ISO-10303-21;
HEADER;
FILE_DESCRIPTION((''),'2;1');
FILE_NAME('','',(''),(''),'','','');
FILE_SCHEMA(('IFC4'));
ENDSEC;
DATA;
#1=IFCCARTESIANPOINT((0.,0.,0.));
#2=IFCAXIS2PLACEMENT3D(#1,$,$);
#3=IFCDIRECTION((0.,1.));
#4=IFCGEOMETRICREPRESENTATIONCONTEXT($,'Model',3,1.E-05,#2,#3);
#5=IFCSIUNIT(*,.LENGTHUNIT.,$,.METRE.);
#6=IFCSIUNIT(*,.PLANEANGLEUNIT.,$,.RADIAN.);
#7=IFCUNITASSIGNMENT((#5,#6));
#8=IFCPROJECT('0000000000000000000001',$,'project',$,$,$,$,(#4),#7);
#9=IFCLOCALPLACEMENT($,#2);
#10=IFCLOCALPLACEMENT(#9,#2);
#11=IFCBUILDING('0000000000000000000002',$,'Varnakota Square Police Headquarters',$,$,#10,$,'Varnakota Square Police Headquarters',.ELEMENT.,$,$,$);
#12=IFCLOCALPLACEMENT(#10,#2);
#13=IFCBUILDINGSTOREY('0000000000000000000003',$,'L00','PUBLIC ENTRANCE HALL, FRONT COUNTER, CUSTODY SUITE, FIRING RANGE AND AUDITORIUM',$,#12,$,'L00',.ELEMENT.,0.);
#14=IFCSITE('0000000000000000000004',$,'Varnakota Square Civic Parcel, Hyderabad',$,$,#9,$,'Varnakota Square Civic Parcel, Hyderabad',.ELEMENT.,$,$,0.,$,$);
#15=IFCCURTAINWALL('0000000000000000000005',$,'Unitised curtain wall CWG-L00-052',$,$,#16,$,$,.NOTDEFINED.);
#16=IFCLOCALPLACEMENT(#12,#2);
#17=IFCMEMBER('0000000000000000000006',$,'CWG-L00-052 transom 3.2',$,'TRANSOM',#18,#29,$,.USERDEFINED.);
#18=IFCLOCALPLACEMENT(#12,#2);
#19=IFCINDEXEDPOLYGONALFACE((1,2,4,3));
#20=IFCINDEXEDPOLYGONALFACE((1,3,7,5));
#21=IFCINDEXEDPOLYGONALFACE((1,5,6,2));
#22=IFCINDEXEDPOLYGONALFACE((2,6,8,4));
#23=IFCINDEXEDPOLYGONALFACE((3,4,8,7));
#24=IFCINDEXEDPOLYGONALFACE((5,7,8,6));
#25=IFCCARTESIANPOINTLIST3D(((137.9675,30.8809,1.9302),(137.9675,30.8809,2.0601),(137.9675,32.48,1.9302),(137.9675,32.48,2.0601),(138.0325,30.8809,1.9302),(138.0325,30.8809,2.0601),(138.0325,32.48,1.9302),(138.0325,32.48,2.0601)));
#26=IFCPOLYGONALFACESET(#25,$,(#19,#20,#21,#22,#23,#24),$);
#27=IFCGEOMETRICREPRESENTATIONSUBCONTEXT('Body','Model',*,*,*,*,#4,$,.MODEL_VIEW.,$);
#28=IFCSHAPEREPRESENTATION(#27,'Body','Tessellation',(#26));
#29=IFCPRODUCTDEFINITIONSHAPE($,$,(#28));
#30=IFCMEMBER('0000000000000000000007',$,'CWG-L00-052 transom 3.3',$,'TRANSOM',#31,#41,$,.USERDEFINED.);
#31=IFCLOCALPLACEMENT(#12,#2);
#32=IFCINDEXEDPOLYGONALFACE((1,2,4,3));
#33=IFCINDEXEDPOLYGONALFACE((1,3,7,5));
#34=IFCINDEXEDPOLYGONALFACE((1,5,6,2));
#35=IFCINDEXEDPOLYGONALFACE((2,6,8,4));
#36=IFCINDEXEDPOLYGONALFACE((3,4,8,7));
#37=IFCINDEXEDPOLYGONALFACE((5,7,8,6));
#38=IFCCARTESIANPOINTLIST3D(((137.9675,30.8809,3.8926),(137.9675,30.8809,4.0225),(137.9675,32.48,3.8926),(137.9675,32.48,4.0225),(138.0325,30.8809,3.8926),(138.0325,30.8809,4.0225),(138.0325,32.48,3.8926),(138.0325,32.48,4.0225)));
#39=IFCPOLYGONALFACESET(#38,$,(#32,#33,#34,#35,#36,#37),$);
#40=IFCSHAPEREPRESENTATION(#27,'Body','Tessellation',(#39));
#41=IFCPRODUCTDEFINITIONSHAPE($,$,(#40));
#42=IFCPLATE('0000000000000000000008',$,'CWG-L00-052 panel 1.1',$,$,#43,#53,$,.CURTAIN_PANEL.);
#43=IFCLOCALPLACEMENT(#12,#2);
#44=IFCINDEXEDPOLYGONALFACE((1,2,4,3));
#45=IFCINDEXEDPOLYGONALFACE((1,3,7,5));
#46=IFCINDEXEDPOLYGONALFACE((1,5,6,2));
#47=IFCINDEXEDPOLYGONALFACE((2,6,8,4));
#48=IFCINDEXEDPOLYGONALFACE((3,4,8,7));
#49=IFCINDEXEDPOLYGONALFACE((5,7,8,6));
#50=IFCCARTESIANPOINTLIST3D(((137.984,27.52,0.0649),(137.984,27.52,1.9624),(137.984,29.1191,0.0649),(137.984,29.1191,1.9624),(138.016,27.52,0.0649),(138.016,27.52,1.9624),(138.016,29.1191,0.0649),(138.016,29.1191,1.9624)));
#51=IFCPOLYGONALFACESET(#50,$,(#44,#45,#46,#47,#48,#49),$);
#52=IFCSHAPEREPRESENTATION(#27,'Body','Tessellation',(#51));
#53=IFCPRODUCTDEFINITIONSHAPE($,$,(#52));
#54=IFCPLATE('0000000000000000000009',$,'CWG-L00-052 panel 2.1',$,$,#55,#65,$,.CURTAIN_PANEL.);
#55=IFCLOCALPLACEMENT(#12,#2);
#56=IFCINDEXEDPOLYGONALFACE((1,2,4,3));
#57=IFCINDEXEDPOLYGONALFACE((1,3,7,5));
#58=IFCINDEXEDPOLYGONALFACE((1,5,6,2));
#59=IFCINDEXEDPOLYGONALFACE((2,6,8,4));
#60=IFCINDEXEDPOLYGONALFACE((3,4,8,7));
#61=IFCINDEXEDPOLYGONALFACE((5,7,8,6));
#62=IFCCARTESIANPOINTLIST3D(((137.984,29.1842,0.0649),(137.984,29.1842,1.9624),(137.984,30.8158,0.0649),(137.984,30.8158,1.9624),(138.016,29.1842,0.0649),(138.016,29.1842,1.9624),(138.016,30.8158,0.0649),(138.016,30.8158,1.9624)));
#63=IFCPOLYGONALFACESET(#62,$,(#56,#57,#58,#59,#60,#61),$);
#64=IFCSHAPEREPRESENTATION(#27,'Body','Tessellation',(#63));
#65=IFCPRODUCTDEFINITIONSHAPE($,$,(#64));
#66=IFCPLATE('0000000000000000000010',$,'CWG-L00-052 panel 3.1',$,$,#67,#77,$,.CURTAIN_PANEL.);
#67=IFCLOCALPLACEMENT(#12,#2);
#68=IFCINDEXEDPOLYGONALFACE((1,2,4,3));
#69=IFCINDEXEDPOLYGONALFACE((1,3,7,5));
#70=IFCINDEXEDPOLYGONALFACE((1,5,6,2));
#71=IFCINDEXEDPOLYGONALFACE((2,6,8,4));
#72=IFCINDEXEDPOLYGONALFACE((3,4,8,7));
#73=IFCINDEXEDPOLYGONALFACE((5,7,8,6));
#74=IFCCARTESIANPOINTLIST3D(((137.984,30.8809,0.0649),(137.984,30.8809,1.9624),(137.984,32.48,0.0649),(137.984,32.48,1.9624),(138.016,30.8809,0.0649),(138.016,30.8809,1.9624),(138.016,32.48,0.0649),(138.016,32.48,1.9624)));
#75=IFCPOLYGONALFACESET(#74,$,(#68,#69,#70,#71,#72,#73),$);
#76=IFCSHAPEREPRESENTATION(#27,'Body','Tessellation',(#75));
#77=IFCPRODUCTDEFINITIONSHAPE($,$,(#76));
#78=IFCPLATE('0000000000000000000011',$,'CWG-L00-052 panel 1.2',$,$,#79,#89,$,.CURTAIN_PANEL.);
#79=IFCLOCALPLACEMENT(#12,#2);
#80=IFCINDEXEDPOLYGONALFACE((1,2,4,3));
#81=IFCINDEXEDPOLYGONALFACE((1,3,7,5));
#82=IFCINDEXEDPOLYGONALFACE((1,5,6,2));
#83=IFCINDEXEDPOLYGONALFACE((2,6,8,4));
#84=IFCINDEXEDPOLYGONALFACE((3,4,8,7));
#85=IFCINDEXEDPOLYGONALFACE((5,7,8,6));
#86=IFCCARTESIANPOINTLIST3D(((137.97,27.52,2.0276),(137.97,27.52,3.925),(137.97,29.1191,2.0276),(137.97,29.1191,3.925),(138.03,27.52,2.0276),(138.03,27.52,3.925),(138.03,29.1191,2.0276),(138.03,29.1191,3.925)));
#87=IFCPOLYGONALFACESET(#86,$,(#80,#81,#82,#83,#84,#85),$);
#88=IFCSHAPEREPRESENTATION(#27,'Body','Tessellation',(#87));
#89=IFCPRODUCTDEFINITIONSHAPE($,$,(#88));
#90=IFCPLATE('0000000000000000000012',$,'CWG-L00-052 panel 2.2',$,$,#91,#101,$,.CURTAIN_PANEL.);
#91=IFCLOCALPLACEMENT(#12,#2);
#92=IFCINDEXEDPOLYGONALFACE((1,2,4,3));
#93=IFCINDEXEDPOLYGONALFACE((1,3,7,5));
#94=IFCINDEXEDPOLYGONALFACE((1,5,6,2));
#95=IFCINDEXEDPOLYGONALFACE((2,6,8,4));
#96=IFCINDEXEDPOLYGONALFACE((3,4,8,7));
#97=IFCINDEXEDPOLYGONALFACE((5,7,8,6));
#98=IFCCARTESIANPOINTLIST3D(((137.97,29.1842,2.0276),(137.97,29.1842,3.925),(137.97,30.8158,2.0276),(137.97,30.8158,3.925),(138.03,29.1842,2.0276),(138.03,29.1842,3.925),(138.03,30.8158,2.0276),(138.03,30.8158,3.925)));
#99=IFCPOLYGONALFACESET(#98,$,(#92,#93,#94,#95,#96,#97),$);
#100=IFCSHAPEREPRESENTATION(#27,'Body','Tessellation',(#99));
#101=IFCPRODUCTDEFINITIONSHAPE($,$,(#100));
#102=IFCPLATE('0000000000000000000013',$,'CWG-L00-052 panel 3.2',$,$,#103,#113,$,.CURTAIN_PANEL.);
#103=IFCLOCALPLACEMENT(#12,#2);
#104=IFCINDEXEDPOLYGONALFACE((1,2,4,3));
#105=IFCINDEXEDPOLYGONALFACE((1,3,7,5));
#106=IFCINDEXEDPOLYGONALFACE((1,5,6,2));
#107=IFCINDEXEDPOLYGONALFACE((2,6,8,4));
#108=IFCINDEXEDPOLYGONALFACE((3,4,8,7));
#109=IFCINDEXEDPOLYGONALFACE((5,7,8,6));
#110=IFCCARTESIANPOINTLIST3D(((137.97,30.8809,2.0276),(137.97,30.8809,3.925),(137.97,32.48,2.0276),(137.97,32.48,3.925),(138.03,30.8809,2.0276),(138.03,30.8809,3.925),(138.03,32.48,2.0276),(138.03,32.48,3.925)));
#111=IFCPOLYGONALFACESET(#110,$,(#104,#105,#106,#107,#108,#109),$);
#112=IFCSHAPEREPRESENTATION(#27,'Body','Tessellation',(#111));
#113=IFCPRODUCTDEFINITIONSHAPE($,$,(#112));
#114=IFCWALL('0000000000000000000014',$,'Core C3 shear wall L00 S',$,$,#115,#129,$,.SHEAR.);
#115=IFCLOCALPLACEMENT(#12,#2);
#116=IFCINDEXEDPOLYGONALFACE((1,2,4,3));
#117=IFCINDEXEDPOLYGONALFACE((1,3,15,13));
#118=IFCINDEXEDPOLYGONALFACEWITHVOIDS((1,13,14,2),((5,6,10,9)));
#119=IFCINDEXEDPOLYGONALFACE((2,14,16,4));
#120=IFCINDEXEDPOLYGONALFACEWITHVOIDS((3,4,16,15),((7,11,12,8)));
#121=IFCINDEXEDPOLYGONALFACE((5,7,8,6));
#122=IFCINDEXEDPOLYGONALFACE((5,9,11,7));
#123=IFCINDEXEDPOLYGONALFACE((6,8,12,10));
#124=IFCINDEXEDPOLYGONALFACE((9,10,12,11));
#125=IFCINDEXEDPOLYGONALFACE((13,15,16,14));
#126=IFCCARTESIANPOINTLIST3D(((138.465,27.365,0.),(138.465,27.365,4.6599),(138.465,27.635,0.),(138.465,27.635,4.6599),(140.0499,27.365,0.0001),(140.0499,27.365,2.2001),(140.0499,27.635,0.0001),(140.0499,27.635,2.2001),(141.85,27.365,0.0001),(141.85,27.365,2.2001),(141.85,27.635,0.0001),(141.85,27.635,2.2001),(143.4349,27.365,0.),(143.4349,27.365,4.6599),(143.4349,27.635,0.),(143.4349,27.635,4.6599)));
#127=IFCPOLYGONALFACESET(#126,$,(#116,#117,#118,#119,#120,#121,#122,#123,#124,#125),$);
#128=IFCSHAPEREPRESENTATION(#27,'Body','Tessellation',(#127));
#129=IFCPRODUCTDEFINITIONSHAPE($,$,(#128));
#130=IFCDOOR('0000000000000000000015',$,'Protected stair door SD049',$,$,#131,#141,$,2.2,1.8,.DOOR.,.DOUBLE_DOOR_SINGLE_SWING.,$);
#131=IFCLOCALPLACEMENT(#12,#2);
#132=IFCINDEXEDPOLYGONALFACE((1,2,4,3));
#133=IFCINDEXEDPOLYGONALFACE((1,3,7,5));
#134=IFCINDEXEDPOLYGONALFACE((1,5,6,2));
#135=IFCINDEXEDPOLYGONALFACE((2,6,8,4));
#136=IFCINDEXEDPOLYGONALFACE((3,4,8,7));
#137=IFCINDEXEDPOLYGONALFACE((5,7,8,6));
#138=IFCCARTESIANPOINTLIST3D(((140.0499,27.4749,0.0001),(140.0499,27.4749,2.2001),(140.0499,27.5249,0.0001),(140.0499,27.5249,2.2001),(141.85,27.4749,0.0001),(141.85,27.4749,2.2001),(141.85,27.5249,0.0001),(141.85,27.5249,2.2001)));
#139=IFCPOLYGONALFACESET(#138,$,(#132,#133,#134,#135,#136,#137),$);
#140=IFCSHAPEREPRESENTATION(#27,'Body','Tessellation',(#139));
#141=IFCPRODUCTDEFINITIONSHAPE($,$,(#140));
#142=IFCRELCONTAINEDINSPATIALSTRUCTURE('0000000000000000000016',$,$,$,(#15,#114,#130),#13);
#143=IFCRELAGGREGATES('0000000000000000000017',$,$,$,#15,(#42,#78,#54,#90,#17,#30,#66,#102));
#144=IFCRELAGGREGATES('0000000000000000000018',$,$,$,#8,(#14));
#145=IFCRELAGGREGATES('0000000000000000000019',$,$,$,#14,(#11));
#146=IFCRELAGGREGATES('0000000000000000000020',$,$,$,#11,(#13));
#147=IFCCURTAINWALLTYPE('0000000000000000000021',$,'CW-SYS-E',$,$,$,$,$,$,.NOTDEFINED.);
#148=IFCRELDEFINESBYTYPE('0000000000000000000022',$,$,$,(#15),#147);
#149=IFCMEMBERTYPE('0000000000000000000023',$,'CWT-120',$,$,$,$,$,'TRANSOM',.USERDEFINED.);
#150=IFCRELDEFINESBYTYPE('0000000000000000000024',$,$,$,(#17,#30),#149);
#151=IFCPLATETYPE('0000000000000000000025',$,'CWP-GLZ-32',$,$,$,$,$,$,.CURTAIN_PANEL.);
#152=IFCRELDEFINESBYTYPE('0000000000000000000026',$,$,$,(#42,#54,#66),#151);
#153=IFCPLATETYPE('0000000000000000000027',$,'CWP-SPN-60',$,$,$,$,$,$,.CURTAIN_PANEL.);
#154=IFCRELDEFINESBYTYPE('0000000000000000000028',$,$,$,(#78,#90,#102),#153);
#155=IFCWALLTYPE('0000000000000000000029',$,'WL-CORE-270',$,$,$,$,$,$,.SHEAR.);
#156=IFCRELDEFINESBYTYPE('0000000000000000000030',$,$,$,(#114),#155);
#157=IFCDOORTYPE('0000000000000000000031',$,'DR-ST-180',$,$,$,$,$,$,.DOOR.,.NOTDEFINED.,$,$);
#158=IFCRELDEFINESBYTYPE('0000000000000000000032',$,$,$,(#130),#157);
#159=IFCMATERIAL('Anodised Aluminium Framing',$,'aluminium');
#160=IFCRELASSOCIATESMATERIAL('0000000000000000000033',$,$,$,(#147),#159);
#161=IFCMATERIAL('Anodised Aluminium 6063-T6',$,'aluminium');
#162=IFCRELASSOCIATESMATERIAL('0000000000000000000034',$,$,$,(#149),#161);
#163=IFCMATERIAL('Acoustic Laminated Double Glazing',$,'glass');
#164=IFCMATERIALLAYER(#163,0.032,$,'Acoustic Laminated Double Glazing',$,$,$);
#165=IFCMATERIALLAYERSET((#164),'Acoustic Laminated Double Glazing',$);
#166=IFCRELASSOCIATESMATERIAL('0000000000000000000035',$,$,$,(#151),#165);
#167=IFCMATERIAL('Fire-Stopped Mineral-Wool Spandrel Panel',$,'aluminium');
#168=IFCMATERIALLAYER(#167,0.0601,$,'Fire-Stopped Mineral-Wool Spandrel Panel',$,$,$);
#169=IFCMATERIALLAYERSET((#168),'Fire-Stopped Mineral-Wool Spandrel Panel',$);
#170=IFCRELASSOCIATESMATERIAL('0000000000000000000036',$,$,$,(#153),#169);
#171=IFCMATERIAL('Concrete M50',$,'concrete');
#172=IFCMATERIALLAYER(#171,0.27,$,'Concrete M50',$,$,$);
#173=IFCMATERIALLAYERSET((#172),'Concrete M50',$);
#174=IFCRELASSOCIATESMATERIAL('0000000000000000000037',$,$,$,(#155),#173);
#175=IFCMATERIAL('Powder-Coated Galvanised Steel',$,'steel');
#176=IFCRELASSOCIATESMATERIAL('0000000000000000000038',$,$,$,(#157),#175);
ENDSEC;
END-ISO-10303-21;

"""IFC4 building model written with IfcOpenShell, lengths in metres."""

from ifc_helpers import new_model, si_unit, direction, frame, frame_2d, origin, origin_2d, place, context, subcontext, project, spatial, rectangle, extrude, material, layer, layer_set, material_profile, profile_set, type_object, element, fill, aggregate, save


model = new_model("IFC4")

# Units and contexts
model_context = context("Model", 3, precision=1e-05, world=origin(), true_north=direction((0.0, 1.0)))
body_context = subcontext(model_context, "Body", "Model", "MODEL_VIEW")
ifc_project = project(units=[si_unit("LENGTHUNIT", "METRE"), si_unit("PLANEANGLEUNIT", "RADIAN")], contexts=[model_context])

# Site, building, storey
site_placement = place(None, origin())
site = spatial("IfcSite", under=ifc_project, at=site_placement, Name="Varnakota Square Civic Parcel, Hyderabad", LongName="Varnakota Square Civic Parcel, Hyderabad", CompositionType="ELEMENT", RefElevation=0.0)
building_placement = place(site_placement, origin())
building = spatial("IfcBuilding", under=site, at=building_placement, Name="Varnakota Square Police Headquarters", LongName="Varnakota Square Police Headquarters", CompositionType="ELEMENT")
storey_placement = place(building_placement, origin())
storey = spatial("IfcBuildingStorey", under=building, at=storey_placement, Name="L00", Description="PUBLIC ENTRANCE HALL, FRONT COUNTER, CUSTODY SUITE, FIRING RANGE AND AUDITORIUM", LongName="L00", CompositionType="ELEMENT", Elevation=0.0)

# Curtain wall, members, plates
ifc_material_1 = material(Name="Anodised Aluminium Framing", Category="aluminium")
curtain_wall_type = type_object("IfcCurtainWallType", Name="CW-SYS-E", PredefinedType="NOTDEFINED", material=ifc_material_1)
curtain_wall_placement = place(storey_placement, origin())
curtain_wall = element("IfcCurtainWall", 1, at=curtain_wall_placement, inside=storey, type_object=curtain_wall_type, Name="Unitised curtain wall CWG-L00-052", PredefinedType="NOTDEFINED")
ifc_material_2 = material(Name="Anodised Aluminium 6063-T6", Category="aluminium")
ifc_material_profile_1 = material_profile(ifc_material_2, rectangle(XDim=0.0649, YDim=0.1299, at=origin_2d()), Name="ALU TRANSOM 65x130")
ifc_profile_set_1 = profile_set([ifc_material_profile_1], Name="Anodised Aluminium 6063-T6")
member_type_1 = type_object("IfcMemberType", Name="CWT-120", ElementType="TRANSOM", PredefinedType="USERDEFINED", material=ifc_profile_set_1)
member_1_placement = place(storey_placement, frame((138.0, 30.8809, 1.9951), z_axis=(0.0, 1.0, 0.0), x_axis=(-1.0, 0.0, 0.0)))
member_1 = element("IfcMember", 2, at=member_1_placement, type_object=member_type_1, Name="CWG-L00-052 transom 3.2", ObjectType="TRANSOM", PredefinedType="USERDEFINED", context=body_context, shape_type="SweptSolid", body=[
    extrude(rectangle(XDim=0.0649, YDim=0.1299, at=origin_2d()), origin(), (0.0, 0.0, 1.0), 1.5991),
])
member_2_placement = place(storey_placement, frame((138.0, 30.8809, 3.9575), z_axis=(0.0, 1.0, 0.0), x_axis=(-1.0, 0.0, 0.0)))
member_2 = element("IfcMember", 3, at=member_2_placement, type_object=member_type_1, Name="CWG-L00-052 transom 3.3", ObjectType="TRANSOM", PredefinedType="USERDEFINED", context=body_context, shape_type="SweptSolid", body=[
    extrude(rectangle(XDim=0.0649, YDim=0.1299, at=origin_2d()), origin(), (0.0, 0.0, 1.0), 1.5991),
])
ifc_material_3 = material(Name="Acoustic Laminated Double Glazing", Category="glass")
ifc_layer_1 = layer(ifc_material_3, 0.032, Name="Acoustic Laminated Double Glazing")
ifc_layer_set_1 = layer_set([ifc_layer_1], Name="Acoustic Laminated Double Glazing")
plate_type_1 = type_object("IfcPlateType", Name="CWP-GLZ-32", PredefinedType="CURTAIN_PANEL", material=ifc_layer_set_1)
plate_1_placement = place(storey_placement, frame((138.0, 28.3196, 0.0649), z_axis=(0.0, 0.0, 1.0), x_axis=(0.0, 1.0, 0.0)))
plate_1 = element("IfcPlate", 4, at=plate_1_placement, type_object=plate_type_1, Name="CWG-L00-052 panel 1.1", PredefinedType="CURTAIN_PANEL", context=body_context, shape_type="SweptSolid", body=[
    extrude(rectangle(XDim=1.5991, YDim=0.032, at=origin_2d()), origin(), (0.0, 0.0, 1.0), 1.8975),
])
plate_2_placement = place(storey_placement, frame((138.0, 30.0, 0.0649), z_axis=(0.0, 0.0, 1.0), x_axis=(0.0, 1.0, 0.0)))
plate_2 = element("IfcPlate", 5, at=plate_2_placement, type_object=plate_type_1, Name="CWG-L00-052 panel 2.1", PredefinedType="CURTAIN_PANEL", context=body_context, shape_type="SweptSolid", body=[
    extrude(rectangle(XDim=1.6316, YDim=0.032, at=origin_2d()), origin(), (0.0, 0.0, 1.0), 1.8975),
])
plate_3_placement = place(storey_placement, frame((138.0, 31.6804, 0.0649), z_axis=(0.0, 0.0, 1.0), x_axis=(0.0, 1.0, 0.0)))
plate_3 = element("IfcPlate", 6, at=plate_3_placement, type_object=plate_type_1, Name="CWG-L00-052 panel 3.1", PredefinedType="CURTAIN_PANEL", context=body_context, shape_type="SweptSolid", body=[
    extrude(rectangle(XDim=1.5991, YDim=0.032, at=origin_2d()), origin(), (0.0, 0.0, 1.0), 1.8975),
])
ifc_material_4 = material(Name="Fire-Stopped Mineral-Wool Spandrel Panel", Category="aluminium")
ifc_layer_2 = layer(ifc_material_4, 0.0601, Name="Fire-Stopped Mineral-Wool Spandrel Panel")
ifc_layer_set_2 = layer_set([ifc_layer_2], Name="Fire-Stopped Mineral-Wool Spandrel Panel")
plate_type_2 = type_object("IfcPlateType", Name="CWP-SPN-60", PredefinedType="CURTAIN_PANEL", material=ifc_layer_set_2)
plate_4_placement = place(storey_placement, frame((138.0, 28.3196, 2.0276), z_axis=(0.0, 0.0, 1.0), x_axis=(0.0, 1.0, 0.0)))
plate_4 = element("IfcPlate", 7, at=plate_4_placement, type_object=plate_type_2, Name="CWG-L00-052 panel 1.2", PredefinedType="CURTAIN_PANEL", context=body_context, shape_type="SweptSolid", body=[
    extrude(rectangle(XDim=1.5991, YDim=0.0601, at=origin_2d()), origin(), (0.0, 0.0, 1.0), 1.8975),
])
plate_5_placement = place(storey_placement, frame((138.0, 30.0, 2.0276), z_axis=(0.0, 0.0, 1.0), x_axis=(0.0, 1.0, 0.0)))
plate_5 = element("IfcPlate", 8, at=plate_5_placement, type_object=plate_type_2, Name="CWG-L00-052 panel 2.2", PredefinedType="CURTAIN_PANEL", context=body_context, shape_type="SweptSolid", body=[
    extrude(rectangle(XDim=1.6316, YDim=0.0601, at=origin_2d()), origin(), (0.0, 0.0, 1.0), 1.8975),
])
plate_6_placement = place(storey_placement, frame((138.0, 31.6804, 2.0276), z_axis=(0.0, 0.0, 1.0), x_axis=(0.0, 1.0, 0.0)))
plate_6 = element("IfcPlate", 9, at=plate_6_placement, type_object=plate_type_2, Name="CWG-L00-052 panel 3.2", PredefinedType="CURTAIN_PANEL", context=body_context, shape_type="SweptSolid", body=[
    extrude(rectangle(XDim=1.5991, YDim=0.0601, at=origin_2d()), origin(), (0.0, 0.0, 1.0), 1.8975),
])
aggregate(curtain_wall, [plate_1, plate_4, plate_2, plate_5, member_1, member_2, plate_3, plate_6])

# Wall, opening, door
ifc_material_5 = material(Name="Concrete M50", Category="concrete")
ifc_layer_3 = layer(ifc_material_5, 0.27, Name="Concrete M50")
ifc_layer_set_3 = layer_set([ifc_layer_3], Name="Concrete M50")
wall_type = type_object("IfcWallType", Name="WL-CORE-270", PredefinedType="SHEAR", material=ifc_layer_set_3)
wall_placement = place(storey_placement, frame((138.4651, 27.5, 0.0), z_axis=(0.0, 0.0, 1.0), x_axis=(1.0, 0.0, 0.0)))
wall = element("IfcWall", 10, at=wall_placement, inside=storey, type_object=wall_type, Name="Core C3 shear wall L00 S", PredefinedType="SHEAR", context=body_context, shape_type="SweptSolid", body=[
    extrude(rectangle(XDim=4.97, YDim=0.27, at=frame_2d((2.4849, 0.0))), origin(), (0.0, 0.0, 1.0), 4.6599),
])
opening_placement = place(wall_placement, frame((1.585, 0.0, 0.0)))
opening = element("IfcOpeningElement", 11, at=opening_placement, cuts=wall, PredefinedType="OPENING", context=body_context, shape_type="SweptSolid", body=[
    extrude(rectangle(XDim=1.8, YDim=2.2, at=frame_2d((0.8999, 1.1001))), frame((0.0, 0.145, 0.0), z_axis=(0.0, -1.0, 0.0), x_axis=(1.0, 0.0, 0.0)), (0.0, 0.0, 1.0), 0.29),
])
ifc_material_6 = material(Name="Powder-Coated Galvanised Steel", Category="steel")
door_type = type_object("IfcDoorType", Name="DR-ST-180", OperationType="NOTDEFINED", PredefinedType="DOOR", material=ifc_material_6)
door_placement = place(opening_placement, origin())
door = element("IfcDoor", 12, at=door_placement, inside=storey, type_object=door_type, Name="Protected stair door SD049", OperationType="DOUBLE_DOOR_SINGLE_SWING", OverallHeight=2.2, OverallWidth=1.8, PredefinedType="DOOR", context=body_context, shape_type="SweptSolid", body=[
    extrude(rectangle(XDim=1.8, YDim=2.2, at=frame_2d((0.8999, 1.1001))), frame((0.0, 0.0249, 0.0), z_axis=(0.0, -1.0, 0.0), x_axis=(1.0, 0.0, 0.0)), (0.0, 0.0, 1.0), 0.05),
])
fill(opening, door)

save(model, "model.ifc")
